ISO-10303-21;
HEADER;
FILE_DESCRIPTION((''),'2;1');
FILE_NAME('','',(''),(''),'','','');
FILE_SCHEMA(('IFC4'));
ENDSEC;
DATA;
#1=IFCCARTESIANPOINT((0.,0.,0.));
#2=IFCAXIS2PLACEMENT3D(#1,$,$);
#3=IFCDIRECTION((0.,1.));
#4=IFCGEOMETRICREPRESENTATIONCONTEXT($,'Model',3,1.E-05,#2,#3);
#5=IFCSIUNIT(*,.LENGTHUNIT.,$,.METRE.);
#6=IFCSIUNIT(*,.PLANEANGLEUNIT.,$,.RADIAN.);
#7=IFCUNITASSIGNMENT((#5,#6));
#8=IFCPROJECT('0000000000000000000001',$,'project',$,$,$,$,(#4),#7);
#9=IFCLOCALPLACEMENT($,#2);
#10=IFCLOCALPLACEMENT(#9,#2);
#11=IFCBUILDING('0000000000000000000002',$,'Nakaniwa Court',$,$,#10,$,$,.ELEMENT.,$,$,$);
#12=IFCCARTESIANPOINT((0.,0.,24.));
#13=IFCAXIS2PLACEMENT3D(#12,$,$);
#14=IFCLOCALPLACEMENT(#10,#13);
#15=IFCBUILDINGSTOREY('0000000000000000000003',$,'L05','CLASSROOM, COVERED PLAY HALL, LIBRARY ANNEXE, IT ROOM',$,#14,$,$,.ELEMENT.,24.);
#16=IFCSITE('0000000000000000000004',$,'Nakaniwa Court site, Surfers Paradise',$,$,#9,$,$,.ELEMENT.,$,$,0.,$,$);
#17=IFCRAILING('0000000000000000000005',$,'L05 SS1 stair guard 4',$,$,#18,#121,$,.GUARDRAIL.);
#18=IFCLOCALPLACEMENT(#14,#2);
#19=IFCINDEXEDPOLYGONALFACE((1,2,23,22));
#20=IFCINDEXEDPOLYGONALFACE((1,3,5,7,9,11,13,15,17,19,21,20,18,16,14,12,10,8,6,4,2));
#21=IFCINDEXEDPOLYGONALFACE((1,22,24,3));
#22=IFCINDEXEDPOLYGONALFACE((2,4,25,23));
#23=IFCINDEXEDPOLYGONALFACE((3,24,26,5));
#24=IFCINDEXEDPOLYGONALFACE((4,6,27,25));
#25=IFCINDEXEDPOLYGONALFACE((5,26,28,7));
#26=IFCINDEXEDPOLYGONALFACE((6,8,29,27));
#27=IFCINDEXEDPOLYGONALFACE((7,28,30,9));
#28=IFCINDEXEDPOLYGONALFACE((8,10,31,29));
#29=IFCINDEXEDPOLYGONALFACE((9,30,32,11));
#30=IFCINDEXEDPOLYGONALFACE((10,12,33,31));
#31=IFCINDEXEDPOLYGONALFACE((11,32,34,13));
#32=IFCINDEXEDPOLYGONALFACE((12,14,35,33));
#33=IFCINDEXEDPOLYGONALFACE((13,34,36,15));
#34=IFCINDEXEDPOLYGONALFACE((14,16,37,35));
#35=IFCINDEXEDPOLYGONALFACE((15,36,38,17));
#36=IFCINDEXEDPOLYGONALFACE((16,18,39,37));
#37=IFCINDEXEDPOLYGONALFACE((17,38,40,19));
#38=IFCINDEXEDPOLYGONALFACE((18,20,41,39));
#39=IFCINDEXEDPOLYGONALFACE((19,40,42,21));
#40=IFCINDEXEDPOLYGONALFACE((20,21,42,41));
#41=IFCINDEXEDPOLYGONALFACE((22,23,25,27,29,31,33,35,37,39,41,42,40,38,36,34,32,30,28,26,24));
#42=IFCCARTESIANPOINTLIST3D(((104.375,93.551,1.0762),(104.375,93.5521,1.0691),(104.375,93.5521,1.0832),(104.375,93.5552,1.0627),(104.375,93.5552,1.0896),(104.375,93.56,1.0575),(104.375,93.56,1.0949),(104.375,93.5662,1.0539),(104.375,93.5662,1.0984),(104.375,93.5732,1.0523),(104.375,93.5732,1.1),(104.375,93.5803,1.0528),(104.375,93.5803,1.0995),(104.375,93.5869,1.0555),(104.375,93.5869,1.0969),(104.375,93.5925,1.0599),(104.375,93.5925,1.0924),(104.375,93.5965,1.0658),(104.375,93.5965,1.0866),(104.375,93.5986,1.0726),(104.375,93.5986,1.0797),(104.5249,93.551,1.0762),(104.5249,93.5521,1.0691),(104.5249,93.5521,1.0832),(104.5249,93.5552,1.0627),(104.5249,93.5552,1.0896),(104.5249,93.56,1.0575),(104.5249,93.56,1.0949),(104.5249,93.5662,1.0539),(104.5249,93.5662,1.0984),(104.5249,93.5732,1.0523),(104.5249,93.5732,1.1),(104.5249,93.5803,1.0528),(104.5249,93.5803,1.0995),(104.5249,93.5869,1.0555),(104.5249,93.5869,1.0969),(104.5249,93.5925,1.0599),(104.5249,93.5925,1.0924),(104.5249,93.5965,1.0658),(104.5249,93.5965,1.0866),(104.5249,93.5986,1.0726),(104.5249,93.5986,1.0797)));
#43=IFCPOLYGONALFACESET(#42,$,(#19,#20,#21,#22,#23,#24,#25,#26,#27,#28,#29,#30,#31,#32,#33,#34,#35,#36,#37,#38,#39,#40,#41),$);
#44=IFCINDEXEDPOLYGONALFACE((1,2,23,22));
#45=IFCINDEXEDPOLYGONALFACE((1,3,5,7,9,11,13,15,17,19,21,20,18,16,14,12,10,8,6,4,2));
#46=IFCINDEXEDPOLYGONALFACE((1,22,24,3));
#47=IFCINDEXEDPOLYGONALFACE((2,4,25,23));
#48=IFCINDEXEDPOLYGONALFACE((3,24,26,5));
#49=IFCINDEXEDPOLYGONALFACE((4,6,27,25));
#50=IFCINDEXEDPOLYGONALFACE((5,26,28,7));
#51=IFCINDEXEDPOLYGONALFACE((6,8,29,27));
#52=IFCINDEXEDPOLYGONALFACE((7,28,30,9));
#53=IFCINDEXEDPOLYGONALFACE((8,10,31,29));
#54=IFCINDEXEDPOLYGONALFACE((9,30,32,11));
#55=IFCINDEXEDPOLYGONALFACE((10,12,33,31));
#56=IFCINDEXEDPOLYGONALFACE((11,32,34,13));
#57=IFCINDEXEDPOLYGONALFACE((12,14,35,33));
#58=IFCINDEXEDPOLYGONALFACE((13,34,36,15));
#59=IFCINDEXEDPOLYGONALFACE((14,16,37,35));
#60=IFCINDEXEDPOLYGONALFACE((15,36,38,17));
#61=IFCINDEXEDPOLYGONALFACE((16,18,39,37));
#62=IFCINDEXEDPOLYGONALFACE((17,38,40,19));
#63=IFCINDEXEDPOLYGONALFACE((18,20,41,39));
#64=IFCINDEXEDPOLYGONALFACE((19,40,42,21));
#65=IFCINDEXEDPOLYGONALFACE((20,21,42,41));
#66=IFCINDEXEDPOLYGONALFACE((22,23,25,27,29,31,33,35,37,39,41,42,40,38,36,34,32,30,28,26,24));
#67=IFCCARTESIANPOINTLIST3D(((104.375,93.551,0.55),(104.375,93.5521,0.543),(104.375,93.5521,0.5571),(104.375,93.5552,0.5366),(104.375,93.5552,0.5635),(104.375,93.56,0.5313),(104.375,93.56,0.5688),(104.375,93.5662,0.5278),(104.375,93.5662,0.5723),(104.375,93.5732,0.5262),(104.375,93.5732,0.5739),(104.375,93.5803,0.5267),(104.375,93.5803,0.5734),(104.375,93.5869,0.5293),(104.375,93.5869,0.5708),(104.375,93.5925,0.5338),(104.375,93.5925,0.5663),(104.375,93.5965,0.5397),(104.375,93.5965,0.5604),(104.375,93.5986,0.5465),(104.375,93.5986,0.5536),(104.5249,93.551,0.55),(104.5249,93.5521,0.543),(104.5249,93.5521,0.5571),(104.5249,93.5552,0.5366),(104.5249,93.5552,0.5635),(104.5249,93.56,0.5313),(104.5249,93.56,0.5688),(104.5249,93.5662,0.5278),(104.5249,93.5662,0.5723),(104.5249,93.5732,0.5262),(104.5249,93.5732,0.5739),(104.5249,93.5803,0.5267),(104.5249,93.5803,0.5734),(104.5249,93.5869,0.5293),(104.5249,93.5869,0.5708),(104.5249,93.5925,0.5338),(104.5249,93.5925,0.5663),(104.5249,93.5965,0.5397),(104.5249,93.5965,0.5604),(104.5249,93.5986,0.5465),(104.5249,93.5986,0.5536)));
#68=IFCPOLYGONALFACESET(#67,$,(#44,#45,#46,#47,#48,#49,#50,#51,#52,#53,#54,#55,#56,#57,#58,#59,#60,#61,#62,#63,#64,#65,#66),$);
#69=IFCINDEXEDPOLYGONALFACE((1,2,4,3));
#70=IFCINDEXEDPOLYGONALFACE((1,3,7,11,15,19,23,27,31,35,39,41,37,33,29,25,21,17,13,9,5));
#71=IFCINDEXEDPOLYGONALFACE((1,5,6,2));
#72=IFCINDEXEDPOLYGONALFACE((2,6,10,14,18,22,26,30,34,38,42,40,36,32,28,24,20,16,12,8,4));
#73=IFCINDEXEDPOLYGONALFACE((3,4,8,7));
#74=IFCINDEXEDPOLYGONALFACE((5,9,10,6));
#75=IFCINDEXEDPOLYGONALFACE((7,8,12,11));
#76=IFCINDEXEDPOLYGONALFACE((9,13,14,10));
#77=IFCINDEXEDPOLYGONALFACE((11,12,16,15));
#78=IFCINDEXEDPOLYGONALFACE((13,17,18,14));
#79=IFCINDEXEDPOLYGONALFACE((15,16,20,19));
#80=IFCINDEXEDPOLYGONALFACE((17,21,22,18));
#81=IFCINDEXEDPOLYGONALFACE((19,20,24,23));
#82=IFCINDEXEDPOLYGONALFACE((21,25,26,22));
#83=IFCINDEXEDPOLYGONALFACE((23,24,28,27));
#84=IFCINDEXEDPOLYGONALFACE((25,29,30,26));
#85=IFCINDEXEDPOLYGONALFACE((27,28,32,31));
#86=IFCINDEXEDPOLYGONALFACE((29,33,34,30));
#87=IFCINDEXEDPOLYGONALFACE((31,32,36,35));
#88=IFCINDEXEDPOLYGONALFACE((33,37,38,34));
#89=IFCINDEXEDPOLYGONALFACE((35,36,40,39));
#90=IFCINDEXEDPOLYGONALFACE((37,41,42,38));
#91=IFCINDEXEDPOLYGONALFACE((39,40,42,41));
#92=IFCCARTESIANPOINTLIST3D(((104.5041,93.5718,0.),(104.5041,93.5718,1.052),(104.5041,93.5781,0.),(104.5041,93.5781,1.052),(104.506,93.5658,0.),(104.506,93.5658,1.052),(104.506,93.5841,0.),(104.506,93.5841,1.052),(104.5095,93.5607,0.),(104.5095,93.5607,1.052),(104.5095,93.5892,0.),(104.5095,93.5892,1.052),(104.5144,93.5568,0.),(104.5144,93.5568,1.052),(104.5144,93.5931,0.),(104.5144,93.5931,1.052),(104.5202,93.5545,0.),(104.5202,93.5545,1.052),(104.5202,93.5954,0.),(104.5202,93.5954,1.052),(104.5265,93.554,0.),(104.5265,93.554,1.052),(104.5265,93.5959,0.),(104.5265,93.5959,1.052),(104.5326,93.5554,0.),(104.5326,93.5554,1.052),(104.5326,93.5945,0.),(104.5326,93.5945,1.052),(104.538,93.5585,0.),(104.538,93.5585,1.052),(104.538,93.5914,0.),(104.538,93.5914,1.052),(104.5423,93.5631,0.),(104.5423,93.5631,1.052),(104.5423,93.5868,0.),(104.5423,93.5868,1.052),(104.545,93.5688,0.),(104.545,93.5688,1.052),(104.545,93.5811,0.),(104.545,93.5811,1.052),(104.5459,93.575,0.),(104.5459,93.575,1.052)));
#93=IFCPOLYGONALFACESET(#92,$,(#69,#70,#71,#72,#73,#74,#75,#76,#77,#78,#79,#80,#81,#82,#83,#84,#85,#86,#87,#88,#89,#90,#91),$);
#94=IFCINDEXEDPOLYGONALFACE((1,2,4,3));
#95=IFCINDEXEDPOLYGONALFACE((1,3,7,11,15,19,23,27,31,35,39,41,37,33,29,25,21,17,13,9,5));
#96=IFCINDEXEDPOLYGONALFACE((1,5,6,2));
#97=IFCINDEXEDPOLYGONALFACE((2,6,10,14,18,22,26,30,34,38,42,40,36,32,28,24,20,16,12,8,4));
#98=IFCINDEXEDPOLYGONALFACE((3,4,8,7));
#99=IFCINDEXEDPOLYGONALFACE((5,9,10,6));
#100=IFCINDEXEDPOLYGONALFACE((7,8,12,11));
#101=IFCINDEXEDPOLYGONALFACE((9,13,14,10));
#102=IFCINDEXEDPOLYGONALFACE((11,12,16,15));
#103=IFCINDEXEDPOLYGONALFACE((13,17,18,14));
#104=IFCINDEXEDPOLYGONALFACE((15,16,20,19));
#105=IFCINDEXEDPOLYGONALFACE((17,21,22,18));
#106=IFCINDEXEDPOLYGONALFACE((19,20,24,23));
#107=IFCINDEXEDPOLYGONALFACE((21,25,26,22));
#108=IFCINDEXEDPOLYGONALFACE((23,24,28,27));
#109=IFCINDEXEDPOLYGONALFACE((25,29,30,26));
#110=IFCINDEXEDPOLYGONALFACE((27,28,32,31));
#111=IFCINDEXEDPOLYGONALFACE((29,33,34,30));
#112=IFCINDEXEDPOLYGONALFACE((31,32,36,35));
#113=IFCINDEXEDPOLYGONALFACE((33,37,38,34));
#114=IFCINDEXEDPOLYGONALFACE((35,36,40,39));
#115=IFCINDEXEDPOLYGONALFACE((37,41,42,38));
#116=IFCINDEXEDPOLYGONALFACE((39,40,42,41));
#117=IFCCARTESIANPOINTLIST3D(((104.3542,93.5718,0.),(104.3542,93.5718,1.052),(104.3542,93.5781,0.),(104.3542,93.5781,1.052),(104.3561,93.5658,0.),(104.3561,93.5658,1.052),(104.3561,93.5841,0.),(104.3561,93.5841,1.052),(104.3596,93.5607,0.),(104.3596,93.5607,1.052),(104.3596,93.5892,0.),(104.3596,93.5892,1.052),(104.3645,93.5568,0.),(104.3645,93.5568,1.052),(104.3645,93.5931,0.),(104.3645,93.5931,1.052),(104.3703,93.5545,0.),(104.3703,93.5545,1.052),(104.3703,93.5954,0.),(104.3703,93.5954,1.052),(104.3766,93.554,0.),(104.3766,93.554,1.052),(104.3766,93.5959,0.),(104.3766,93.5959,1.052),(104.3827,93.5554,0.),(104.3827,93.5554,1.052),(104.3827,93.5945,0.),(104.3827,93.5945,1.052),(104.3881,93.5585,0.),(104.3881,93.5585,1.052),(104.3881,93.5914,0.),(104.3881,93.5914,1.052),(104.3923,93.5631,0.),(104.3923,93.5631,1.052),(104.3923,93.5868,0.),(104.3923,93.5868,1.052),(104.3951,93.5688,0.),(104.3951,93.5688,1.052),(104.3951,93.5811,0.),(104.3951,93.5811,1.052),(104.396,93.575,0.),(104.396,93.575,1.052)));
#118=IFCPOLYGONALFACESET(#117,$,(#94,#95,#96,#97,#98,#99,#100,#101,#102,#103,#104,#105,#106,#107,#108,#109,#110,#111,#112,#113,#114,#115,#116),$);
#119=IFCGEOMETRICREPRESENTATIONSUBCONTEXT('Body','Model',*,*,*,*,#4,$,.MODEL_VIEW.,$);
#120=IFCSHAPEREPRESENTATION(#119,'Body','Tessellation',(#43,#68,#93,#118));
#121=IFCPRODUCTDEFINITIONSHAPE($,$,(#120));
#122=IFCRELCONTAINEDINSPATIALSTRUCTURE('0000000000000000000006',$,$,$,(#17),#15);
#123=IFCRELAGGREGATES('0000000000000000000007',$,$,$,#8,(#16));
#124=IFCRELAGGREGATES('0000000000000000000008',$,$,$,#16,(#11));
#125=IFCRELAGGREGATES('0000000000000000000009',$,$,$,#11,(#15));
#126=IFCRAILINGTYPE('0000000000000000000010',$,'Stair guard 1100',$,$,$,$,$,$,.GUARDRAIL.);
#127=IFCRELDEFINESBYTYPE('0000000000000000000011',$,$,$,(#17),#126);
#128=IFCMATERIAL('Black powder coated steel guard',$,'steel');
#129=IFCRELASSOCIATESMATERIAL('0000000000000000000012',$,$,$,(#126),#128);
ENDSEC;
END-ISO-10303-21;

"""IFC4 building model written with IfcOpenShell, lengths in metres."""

from ifc_helpers import new_model, si_unit, direction, frame, origin, origin_2d, place, context, subcontext, project, spatial, circle, extrude, material, type_object, element, save


model = new_model("IFC4")

# Units and contexts
model_context = context("Model", 3, precision=1e-05, world=origin(), true_north=direction((0.0, 1.0)))
body_context = subcontext(model_context, "Body", "Model", "MODEL_VIEW")
ifc_project = project(units=[si_unit("LENGTHUNIT", "METRE"), si_unit("PLANEANGLEUNIT", "RADIAN")], contexts=[model_context])

# Site, building, storey
site_placement = place(None, origin())
site = spatial("IfcSite", under=ifc_project, at=site_placement, Name="Nakaniwa Court site, Surfers Paradise", CompositionType="ELEMENT", RefElevation=0.0)
building_placement = place(site_placement, origin())
building = spatial("IfcBuilding", under=site, at=building_placement, Name="Nakaniwa Court", CompositionType="ELEMENT")
storey_placement = place(building_placement, frame((0.0, 0.0, 24.0)))
storey = spatial("IfcBuildingStorey", under=building, at=storey_placement, Name="L05", Description="CLASSROOM, COVERED PLAY HALL, LIBRARY ANNEXE, IT ROOM", CompositionType="ELEMENT", Elevation=24.0)

# Railing
ifc_material_1 = material(Name="Black powder coated steel guard", Category="steel")
railing_type_1 = type_object("IfcRailingType", Name="Stair guard 1100", PredefinedType="GUARDRAIL", material=ifc_material_1)
railing_1_placement = place(storey_placement, frame((104.5249, 93.575, 0.0)))
element("IfcRailing", 1, at=railing_1_placement, inside=storey, type_object=railing_type_1, Name="L05 SS1 stair guard 4", PredefinedType="GUARDRAIL", context=body_context, shape_type="SweptSolid", body=[
    extrude(circle(Radius=0.0239, at=origin_2d()), frame((0.0, 0.0, 1.0762), z_axis=(-1.0, 0.0, 0.0), x_axis=(0.0, -1.0, 0.0)), (0.0, 0.0, 1.0), 0.1499),
    extrude(circle(Radius=0.0239, at=origin_2d()), frame((0.0, 0.0, 0.55), z_axis=(-1.0, 0.0, 0.0), x_axis=(0.0, -1.0, 0.0)), (0.0, 0.0, 1.0), 0.1499),
    extrude(circle(Radius=0.021, at=origin_2d()), origin(), (0.0, 0.0, 1.0), 1.052),
    extrude(circle(Radius=0.021, at=origin_2d()), frame((-0.1499, 0.0, 0.0)), (0.0, 0.0, 1.0), 1.052),
])

save(model, "model.ifc")
